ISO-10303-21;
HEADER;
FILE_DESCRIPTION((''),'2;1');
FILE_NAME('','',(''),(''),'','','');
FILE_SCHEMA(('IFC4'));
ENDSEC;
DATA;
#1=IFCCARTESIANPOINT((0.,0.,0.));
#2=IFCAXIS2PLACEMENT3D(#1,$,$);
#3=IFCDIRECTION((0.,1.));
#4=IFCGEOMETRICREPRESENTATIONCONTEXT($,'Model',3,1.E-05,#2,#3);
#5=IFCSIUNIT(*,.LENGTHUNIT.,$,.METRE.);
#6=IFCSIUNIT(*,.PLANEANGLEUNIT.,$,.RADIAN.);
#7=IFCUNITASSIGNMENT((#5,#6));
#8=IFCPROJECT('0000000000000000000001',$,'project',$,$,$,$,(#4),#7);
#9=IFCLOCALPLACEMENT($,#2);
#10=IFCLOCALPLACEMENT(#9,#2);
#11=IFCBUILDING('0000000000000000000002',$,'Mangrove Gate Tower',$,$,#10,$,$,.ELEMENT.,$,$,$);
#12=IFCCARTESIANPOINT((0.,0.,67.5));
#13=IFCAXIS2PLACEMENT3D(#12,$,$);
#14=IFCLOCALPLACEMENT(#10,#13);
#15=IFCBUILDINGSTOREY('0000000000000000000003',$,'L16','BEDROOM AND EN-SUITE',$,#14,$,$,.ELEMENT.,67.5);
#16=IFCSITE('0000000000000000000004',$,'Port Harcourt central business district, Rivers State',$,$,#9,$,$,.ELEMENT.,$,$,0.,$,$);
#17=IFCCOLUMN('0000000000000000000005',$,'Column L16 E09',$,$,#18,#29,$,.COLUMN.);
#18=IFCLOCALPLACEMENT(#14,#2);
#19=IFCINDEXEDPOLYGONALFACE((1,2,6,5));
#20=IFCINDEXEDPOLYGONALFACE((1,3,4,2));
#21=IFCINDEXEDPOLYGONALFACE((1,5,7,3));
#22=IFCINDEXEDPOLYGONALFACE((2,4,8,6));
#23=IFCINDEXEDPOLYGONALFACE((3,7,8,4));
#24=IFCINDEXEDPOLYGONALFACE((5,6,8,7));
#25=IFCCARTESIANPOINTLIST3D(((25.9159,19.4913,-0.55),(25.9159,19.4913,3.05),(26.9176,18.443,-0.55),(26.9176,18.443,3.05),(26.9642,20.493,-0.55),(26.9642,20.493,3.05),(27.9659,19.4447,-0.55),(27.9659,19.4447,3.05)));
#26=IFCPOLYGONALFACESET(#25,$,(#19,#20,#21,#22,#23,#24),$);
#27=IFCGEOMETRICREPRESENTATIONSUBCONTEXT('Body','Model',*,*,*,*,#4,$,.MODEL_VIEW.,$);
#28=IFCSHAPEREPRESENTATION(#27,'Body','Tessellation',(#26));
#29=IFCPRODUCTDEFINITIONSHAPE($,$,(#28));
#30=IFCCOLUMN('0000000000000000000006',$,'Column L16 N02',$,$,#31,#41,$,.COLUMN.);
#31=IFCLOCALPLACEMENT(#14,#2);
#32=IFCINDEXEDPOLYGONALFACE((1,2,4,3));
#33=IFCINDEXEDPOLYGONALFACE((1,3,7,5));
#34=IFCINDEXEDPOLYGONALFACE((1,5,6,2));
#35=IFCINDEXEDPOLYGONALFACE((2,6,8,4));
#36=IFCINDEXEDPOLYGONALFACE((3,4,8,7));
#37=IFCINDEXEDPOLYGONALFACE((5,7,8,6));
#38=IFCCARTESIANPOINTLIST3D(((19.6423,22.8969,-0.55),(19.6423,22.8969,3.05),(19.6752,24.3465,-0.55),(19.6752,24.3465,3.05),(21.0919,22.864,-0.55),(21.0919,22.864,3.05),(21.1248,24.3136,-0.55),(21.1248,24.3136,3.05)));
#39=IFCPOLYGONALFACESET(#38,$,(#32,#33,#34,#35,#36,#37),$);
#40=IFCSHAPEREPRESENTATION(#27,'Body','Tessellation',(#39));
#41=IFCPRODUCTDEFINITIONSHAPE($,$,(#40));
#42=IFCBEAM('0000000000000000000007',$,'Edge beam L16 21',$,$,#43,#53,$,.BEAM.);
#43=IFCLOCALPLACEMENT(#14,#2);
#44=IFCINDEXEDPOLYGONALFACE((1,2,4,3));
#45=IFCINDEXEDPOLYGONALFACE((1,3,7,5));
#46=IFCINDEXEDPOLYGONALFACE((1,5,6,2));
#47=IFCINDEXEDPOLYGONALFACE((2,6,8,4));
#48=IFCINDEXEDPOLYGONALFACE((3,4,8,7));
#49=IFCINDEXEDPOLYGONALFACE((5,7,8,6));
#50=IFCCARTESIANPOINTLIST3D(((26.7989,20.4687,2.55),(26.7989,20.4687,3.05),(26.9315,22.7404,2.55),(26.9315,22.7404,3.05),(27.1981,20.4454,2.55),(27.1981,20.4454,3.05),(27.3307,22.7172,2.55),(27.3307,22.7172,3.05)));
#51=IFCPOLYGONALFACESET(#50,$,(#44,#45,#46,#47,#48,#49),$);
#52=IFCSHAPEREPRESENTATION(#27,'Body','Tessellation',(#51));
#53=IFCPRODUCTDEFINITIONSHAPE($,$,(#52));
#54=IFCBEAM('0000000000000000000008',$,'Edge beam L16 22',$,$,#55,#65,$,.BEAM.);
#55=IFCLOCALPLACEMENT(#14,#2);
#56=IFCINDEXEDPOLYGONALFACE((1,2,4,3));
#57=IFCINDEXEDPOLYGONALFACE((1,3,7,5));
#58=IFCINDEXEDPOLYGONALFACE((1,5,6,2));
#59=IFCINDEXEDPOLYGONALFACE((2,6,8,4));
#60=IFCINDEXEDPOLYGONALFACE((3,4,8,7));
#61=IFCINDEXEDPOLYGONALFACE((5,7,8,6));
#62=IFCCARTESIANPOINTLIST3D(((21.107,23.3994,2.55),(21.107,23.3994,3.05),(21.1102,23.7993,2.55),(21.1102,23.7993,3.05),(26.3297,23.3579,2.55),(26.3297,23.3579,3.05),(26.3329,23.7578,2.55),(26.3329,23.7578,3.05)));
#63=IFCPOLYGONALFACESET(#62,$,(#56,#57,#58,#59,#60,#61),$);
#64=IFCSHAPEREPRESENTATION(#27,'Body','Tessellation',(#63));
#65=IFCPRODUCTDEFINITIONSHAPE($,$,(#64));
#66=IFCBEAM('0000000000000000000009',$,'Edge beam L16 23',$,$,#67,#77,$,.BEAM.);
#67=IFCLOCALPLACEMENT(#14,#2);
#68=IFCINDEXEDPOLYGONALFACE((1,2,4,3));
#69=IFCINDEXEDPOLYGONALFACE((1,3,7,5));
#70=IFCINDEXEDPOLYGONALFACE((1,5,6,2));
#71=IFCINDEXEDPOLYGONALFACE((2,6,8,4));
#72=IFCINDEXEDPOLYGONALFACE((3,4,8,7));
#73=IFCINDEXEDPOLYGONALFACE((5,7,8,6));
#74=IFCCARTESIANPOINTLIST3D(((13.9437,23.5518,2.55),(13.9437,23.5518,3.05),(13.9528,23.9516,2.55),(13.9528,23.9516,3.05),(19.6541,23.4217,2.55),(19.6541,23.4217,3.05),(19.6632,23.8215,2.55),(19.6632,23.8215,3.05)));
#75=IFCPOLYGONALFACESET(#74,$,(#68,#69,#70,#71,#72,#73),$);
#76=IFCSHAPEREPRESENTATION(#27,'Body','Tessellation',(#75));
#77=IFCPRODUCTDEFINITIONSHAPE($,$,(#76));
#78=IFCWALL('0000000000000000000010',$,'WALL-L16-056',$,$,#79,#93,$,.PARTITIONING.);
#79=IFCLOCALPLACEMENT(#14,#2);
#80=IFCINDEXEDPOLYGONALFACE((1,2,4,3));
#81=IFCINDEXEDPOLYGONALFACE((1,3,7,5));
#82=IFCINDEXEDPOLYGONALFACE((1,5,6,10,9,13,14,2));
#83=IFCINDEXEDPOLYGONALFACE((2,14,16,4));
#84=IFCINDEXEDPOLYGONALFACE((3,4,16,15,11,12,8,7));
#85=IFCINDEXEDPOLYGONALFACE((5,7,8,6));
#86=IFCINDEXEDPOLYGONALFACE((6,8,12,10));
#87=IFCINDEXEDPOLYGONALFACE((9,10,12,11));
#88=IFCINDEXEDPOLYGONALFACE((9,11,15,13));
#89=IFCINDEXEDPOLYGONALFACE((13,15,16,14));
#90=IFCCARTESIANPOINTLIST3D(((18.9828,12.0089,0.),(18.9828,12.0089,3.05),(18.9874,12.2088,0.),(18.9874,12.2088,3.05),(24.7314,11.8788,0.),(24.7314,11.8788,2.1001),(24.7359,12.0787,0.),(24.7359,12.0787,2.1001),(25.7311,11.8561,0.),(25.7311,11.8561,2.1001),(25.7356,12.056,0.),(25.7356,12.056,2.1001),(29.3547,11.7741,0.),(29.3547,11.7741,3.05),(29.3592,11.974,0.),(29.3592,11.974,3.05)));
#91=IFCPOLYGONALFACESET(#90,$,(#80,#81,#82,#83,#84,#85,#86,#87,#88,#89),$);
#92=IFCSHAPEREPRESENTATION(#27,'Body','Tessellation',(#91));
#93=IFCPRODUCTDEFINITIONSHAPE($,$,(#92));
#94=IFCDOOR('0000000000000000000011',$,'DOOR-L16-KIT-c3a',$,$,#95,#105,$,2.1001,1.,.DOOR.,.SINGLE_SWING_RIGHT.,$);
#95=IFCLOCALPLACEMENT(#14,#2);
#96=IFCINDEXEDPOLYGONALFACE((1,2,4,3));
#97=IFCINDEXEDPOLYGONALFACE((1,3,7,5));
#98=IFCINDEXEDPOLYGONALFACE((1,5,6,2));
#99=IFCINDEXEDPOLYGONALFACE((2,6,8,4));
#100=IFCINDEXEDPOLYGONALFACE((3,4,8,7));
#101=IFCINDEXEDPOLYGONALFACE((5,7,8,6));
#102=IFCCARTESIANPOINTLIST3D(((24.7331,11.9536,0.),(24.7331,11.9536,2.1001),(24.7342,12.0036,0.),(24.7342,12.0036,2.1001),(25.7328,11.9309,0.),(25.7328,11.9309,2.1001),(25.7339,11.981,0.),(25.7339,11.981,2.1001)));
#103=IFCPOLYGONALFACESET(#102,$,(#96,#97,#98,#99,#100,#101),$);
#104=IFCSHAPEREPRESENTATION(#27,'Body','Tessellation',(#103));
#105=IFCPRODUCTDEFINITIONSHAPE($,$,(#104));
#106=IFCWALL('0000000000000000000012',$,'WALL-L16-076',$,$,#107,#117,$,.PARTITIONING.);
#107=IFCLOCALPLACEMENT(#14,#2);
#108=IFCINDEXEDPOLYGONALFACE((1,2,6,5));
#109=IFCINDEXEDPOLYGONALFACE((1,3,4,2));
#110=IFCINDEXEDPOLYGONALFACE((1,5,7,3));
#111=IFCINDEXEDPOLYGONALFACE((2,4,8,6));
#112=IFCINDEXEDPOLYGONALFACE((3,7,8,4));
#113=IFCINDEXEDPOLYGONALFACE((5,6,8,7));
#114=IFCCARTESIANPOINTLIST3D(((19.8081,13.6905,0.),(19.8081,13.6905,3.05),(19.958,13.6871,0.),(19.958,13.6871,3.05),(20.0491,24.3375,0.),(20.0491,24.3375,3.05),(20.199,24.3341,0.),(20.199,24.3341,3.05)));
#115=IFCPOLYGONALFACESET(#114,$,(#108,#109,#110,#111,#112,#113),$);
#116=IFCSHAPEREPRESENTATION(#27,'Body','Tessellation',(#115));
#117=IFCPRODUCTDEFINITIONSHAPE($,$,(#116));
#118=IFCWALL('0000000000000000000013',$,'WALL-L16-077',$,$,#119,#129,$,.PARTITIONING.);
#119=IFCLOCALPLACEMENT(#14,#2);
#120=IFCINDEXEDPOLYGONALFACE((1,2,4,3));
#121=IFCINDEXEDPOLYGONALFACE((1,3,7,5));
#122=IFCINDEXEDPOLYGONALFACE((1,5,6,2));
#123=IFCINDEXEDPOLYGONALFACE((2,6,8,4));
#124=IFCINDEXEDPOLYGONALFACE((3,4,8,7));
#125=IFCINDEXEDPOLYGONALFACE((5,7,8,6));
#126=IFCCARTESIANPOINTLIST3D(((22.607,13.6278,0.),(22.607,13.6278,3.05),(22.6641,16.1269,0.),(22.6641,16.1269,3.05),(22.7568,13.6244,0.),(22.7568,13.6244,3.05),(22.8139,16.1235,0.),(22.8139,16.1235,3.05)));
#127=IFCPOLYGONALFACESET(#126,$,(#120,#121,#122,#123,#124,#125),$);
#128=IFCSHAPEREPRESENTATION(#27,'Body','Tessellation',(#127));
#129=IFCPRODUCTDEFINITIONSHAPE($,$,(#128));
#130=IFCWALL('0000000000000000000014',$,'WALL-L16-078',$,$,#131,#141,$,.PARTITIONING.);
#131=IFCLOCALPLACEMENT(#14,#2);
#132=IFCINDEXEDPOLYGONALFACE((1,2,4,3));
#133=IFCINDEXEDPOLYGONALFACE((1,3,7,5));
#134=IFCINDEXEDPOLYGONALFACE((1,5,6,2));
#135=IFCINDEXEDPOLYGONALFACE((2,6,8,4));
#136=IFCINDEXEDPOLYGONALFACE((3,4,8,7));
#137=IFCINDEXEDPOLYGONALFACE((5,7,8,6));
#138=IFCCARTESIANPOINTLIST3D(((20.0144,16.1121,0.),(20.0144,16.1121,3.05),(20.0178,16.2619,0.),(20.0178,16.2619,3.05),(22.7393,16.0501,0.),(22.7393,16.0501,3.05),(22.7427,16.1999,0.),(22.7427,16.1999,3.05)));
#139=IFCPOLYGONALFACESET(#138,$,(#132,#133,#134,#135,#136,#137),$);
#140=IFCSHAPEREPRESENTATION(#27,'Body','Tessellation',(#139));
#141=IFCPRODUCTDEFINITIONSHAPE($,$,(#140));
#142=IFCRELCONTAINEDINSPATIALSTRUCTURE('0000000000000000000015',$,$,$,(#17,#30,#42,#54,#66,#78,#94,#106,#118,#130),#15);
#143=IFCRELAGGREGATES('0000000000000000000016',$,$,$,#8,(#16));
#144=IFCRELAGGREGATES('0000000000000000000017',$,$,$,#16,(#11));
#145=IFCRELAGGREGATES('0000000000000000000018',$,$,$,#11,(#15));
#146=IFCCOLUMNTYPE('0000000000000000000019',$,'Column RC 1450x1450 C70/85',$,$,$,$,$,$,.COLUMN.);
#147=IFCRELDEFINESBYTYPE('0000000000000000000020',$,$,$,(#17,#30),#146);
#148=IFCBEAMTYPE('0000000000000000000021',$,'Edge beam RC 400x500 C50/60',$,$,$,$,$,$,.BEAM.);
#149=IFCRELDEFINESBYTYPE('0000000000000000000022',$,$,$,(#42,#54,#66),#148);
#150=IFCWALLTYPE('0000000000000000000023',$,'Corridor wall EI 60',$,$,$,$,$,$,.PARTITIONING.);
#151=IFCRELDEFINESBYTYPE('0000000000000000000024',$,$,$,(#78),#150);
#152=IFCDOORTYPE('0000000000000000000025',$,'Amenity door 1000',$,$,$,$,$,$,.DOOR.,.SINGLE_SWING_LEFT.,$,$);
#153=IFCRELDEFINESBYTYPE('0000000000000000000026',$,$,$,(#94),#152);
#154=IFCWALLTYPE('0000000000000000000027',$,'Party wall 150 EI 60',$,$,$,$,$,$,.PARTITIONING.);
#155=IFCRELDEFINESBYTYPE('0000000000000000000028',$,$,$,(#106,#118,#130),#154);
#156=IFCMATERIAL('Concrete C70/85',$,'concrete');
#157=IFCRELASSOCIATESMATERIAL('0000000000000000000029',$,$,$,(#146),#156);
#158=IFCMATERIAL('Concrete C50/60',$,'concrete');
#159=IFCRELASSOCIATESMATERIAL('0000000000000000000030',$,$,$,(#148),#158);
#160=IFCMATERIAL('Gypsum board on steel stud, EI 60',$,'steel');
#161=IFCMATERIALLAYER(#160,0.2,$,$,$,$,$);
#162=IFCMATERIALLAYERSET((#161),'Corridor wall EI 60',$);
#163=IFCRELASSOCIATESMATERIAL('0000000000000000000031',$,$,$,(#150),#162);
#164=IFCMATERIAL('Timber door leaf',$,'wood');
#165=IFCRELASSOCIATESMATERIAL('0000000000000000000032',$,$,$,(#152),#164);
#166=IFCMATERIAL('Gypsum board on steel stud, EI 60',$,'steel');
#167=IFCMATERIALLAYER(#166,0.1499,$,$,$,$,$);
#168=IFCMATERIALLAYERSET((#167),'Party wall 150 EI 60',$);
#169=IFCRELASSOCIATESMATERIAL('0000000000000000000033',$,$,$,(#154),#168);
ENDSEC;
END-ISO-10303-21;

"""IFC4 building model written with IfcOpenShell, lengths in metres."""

from ifc_helpers import new_model, si_unit, direction, frame, frame_2d, origin, origin_2d, place, context, subcontext, project, spatial, rectangle, extrude, material, layer, layer_set, material_profile, profile_set, type_object, element, fill, save


model = new_model("IFC4")

# Units and contexts
model_context = context("Model", 3, precision=1e-05, world=origin(), true_north=direction((0.0, 1.0)))
body_context = subcontext(model_context, "Body", "Model", "MODEL_VIEW")
ifc_project = project(units=[si_unit("LENGTHUNIT", "METRE"), si_unit("PLANEANGLEUNIT", "RADIAN")], contexts=[model_context])

# Site, building, storey
site_placement = place(None, origin())
site = spatial("IfcSite", under=ifc_project, at=site_placement, Name="Port Harcourt central business district, Rivers State", CompositionType="ELEMENT", RefElevation=0.0)
building_placement = place(site_placement, origin())
building = spatial("IfcBuilding", under=site, at=building_placement, Name="Mangrove Gate Tower", CompositionType="ELEMENT")
storey_placement = place(building_placement, frame((0.0, 0.0, 67.5)))
storey = spatial("IfcBuildingStorey", under=building, at=storey_placement, Name="L16", Description="BEDROOM AND EN-SUITE", CompositionType="ELEMENT", Elevation=67.5)

# Columns
ifc_material_1 = material(Name="Concrete C70/85", Category="concrete")
ifc_material_profile_1 = material_profile(ifc_material_1, rectangle(XDim=1.45, YDim=1.45, at=origin_2d()))
ifc_profile_set_1 = profile_set([ifc_material_profile_1], Name="Concrete C70/85")
column_type = type_object("IfcColumnType", Name="Column RC 1450x1450 C70/85", PredefinedType="COLUMN", material=ifc_profile_set_1)
for number, where, z_axis, x_axis, name in (
    (1, (26.9409, 19.468, -0.55), (0.0, 0.0, 1.0), (-0.690848, 0.723, 0.0), "Column L16 E09"),
    (2, (20.3835, 23.6052, -0.55), (0.0, 0.0, 1.0), (-0.999743, 0.02269, 0.0), "Column L16 N02"),
):
    element("IfcColumn", number, at=place(storey_placement, frame(where, z_axis=z_axis, x_axis=x_axis)), inside=storey, type_object=column_type, Name=name, PredefinedType="COLUMN", context=body_context, shape_type="SweptSolid", body=[
        extrude(rectangle(XDim=1.45, YDim=1.45, at=origin_2d()), origin(), (0.0, 0.0, 1.0), 3.6001),
    ])

# Beams
ifc_material_2 = material(Name="Concrete C50/60", Category="concrete")
ifc_material_profile_2 = material_profile(ifc_material_2, rectangle(XDim=0.3999, YDim=0.5, at=origin_2d()))
ifc_profile_set_2 = profile_set([ifc_material_profile_2], Name="Concrete C50/60")
beam_type = type_object("IfcBeamType", Name="Edge beam RC 400x500 C50/60", PredefinedType="BEAM", material=ifc_profile_set_2)
beam_1_placement = place(storey_placement, frame((26.9985, 20.457, 2.8), z_axis=(0.058257, 0.998302, 0.0), x_axis=(-0.998302, 0.058257, 0.0)))
element("IfcBeam", 3, at=beam_1_placement, inside=storey, type_object=beam_type, Name="Edge beam L16 21", PredefinedType="BEAM", context=body_context, shape_type="SweptSolid", body=[
    extrude(rectangle(XDim=0.3999, YDim=0.5, at=origin_2d()), origin(), (0.0, 0.0, 1.0), 2.2756),
])
beam_2_placement = place(storey_placement, frame((26.3313, 23.5579, 2.8), z_axis=(-0.999968, 0.007947, 0.0), x_axis=(-0.007947, -0.999968, 0.0)))
element("IfcBeam", 4, at=beam_2_placement, inside=storey, type_object=beam_type, Name="Edge beam L16 22", PredefinedType="BEAM", context=body_context, shape_type="SweptSolid", body=[
    extrude(rectangle(XDim=0.3999, YDim=0.5, at=origin_2d()), origin(), (0.0, 0.0, 1.0), 5.2229),
])
beam_3_placement = place(storey_placement, frame((19.6587, 23.6216, 2.8), z_axis=(-0.99974, 0.022782, 0.0), x_axis=(-0.022782, -0.99974, 0.0)))
element("IfcBeam", 5, at=beam_3_placement, inside=storey, type_object=beam_type, Name="Edge beam L16 23", PredefinedType="BEAM", context=body_context, shape_type="SweptSolid", body=[
    extrude(rectangle(XDim=0.3999, YDim=0.5, at=origin_2d()), origin(), (0.0, 0.0, 1.0), 5.7119),
])

# Wall, opening, door
ifc_material_3 = material(Name="Gypsum board on steel stud, EI 60", Category="steel")
ifc_layer_1 = layer(ifc_material_3, 0.2)
ifc_layer_set_1 = layer_set([ifc_layer_1], Name="Corridor wall EI 60")
wall_type_1 = type_object("IfcWallType", Name="Corridor wall EI 60", PredefinedType="PARTITIONING", material=ifc_layer_set_1)
wall_1_placement = place(storey_placement, frame((18.9851, 12.1089, 0.0), z_axis=(0.0, 0.0, 1.0), x_axis=(0.999744, -0.022639, 0.0)))
wall_1 = element("IfcWall", 6, at=wall_1_placement, inside=storey, type_object=wall_type_1, Name="WALL-L16-056", PredefinedType="PARTITIONING", context=body_context, shape_type="SweptSolid", body=[
    extrude(rectangle(XDim=10.3745, YDim=0.2, at=frame_2d((5.1873, 0.0))), origin(), (0.0, 0.0, 1.0), 3.05),
])
opening_placement = place(wall_1_placement, frame((5.75, 0.0, 0.0)))
opening = element("IfcOpeningElement", 7, at=opening_placement, cuts=wall_1, PredefinedType="OPENING", context=body_context, shape_type="SweptSolid", body=[
    extrude(rectangle(XDim=1.0, YDim=2.1001, at=frame_2d((0.5, 1.05))), frame((0.0, 0.1099, 0.0), z_axis=(0.0, -1.0, 0.0), x_axis=(1.0, 0.0, 0.0)), (0.0, 0.0, 1.0), 0.22),
])
ifc_material_4 = material(Name="Timber door leaf", Category="wood")
door_type = type_object("IfcDoorType", Name="Amenity door 1000", OperationType="SINGLE_SWING_LEFT", PredefinedType="DOOR", material=ifc_material_4)
door_placement = place(opening_placement, origin())
door = element("IfcDoor", 8, at=door_placement, inside=storey, type_object=door_type, Name="DOOR-L16-KIT-c3a", OperationType="SINGLE_SWING_RIGHT", OverallHeight=2.1001, OverallWidth=1.0, PredefinedType="DOOR", context=body_context, shape_type="SweptSolid", body=[
    extrude(rectangle(XDim=1.0, YDim=2.1001, at=frame_2d((0.5, 1.05))), frame((0.0, 0.0249, 0.0), z_axis=(0.0, -1.0, 0.0), x_axis=(1.0, 0.0, 0.0)), (0.0, 0.0, 1.0), 0.05),
])
fill(opening, door)

# Walls
ifc_material_5 = material(Name="Gypsum board on steel stud, EI 60", Category="steel")
ifc_layer_2 = layer(ifc_material_5, 0.1499)
ifc_layer_set_2 = layer_set([ifc_layer_2], Name="Party wall 150 EI 60")
wall_type_2 = type_object("IfcWallType", Name="Party wall 150 EI 60", PredefinedType="PARTITIONING", material=ifc_layer_set_2)
wall_2_placement = place(storey_placement, frame((19.8831, 13.689, 0.0), z_axis=(0.0, 0.0, 1.0), x_axis=(0.022627, 0.999744, 0.0)))
element("IfcWall", 9, at=wall_2_placement, inside=storey, type_object=wall_type_2, Name="WALL-L16-076", PredefinedType="PARTITIONING", context=body_context, shape_type="SweptSolid", body=[
    extrude(rectangle(XDim=10.6497, YDim=0.1499, at=frame_2d((5.3247, 0.0))), origin(), (0.0, 0.0, 1.0), 3.05),
])
wall_3_placement = place(storey_placement, frame((22.6819, 13.626, 0.0), z_axis=(0.0, 0.0, 1.0), x_axis=(0.022855, 0.999739, 0.0)))
element("IfcWall", 10, at=wall_3_placement, inside=storey, type_object=wall_type_2, Name="WALL-L16-077", PredefinedType="PARTITIONING", context=body_context, shape_type="SweptSolid", body=[
    extrude(rectangle(XDim=2.4998, YDim=0.1499, at=frame_2d((1.25, 0.0))), origin(), (0.0, 0.0, 1.0), 3.05),
])
wall_4_placement = place(storey_placement, frame((20.0161, 16.187, 0.0), z_axis=(0.0, 0.0, 1.0), x_axis=(0.999741, -0.022752, 0.0)))
element("IfcWall", 11, at=wall_4_placement, inside=storey, type_object=wall_type_2, Name="WALL-L16-078", PredefinedType="PARTITIONING", context=body_context, shape_type="SweptSolid", body=[
    extrude(rectangle(XDim=2.7256, YDim=0.1499, at=frame_2d((1.3628, 0.0))), origin(), (0.0, 0.0, 1.0), 3.05),
])

save(model, "model.ifc")
